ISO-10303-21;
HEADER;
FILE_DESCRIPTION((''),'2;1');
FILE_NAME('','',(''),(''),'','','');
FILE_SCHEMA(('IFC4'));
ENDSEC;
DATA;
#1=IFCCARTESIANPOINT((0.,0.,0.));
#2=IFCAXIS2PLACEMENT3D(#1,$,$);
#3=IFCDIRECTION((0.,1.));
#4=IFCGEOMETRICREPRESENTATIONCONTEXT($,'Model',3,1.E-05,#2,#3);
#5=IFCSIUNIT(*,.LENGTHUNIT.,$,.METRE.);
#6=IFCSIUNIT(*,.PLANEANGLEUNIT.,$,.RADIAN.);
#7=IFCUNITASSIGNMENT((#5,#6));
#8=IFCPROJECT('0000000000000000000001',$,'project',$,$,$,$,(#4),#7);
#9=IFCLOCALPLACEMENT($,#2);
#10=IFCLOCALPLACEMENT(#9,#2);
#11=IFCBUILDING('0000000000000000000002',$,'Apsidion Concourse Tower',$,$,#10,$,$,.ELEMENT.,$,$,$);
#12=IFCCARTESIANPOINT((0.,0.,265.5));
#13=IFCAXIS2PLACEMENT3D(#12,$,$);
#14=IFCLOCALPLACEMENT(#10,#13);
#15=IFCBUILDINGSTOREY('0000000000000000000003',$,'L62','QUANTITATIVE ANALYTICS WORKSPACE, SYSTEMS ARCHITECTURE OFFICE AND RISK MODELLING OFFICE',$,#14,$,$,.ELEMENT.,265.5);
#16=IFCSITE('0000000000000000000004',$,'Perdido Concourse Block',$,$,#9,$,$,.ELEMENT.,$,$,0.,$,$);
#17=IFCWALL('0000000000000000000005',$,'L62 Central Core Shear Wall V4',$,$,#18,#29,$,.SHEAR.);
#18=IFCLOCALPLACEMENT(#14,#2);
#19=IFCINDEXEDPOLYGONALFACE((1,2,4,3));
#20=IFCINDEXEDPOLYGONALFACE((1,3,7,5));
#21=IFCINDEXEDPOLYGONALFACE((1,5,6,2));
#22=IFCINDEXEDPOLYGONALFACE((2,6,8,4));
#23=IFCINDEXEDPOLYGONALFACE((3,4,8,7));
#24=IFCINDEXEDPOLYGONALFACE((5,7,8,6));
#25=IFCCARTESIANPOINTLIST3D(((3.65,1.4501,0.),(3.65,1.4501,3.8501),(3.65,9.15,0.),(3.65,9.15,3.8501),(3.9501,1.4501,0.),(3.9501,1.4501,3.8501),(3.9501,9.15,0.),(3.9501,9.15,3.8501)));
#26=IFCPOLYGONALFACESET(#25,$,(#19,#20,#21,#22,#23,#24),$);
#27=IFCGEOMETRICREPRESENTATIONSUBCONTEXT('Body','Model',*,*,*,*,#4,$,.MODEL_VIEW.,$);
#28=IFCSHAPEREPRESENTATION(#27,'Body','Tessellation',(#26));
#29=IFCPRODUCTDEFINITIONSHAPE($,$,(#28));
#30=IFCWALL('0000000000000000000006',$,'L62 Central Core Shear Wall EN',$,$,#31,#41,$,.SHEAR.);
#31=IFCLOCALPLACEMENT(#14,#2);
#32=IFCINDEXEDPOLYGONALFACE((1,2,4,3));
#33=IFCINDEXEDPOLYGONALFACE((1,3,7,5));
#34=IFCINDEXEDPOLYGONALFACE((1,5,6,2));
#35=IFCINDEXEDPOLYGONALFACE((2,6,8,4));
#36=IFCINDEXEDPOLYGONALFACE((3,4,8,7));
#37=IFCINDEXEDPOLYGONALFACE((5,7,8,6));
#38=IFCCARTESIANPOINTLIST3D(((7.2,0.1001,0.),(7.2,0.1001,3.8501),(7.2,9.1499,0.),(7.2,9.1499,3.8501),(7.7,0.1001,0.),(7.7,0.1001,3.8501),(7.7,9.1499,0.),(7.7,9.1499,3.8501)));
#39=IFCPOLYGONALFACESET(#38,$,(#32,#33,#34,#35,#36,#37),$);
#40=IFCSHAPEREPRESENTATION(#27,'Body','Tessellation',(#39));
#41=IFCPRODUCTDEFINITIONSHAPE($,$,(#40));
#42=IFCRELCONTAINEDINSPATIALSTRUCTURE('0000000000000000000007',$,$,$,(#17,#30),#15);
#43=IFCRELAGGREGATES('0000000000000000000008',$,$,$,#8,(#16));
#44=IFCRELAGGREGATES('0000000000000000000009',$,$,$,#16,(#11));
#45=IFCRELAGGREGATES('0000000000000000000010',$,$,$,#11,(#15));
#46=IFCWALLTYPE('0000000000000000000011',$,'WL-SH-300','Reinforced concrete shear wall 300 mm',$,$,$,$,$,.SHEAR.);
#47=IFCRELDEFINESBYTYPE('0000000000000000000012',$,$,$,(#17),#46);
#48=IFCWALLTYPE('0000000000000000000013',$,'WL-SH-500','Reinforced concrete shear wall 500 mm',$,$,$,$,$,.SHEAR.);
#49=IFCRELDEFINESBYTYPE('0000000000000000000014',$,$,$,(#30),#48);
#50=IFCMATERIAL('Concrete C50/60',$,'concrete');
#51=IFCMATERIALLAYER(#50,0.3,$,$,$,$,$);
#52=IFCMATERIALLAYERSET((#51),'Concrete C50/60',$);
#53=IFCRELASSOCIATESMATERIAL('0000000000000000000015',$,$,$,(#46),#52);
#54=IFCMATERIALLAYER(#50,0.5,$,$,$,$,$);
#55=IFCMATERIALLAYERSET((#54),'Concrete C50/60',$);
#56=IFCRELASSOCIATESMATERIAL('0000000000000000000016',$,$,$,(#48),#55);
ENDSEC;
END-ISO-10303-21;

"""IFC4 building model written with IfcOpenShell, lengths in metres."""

from ifc_helpers import new_model, si_unit, direction, frame, frame_2d, origin, place, context, subcontext, project, spatial, rectangle, extrude, material, layer, layer_set, type_object, element, save


model = new_model("IFC4")

# Units and contexts
model_context = context("Model", 3, precision=1e-05, world=origin(), true_north=direction((0.0, 1.0)))
body_context = subcontext(model_context, "Body", "Model", "MODEL_VIEW")
ifc_project = project(units=[si_unit("LENGTHUNIT", "METRE"), si_unit("PLANEANGLEUNIT", "RADIAN")], contexts=[model_context])

# Site, building, storey
site_placement = place(None, origin())
site = spatial("IfcSite", under=ifc_project, at=site_placement, Name="Perdido Concourse Block", CompositionType="ELEMENT", RefElevation=0.0)
building_placement = place(site_placement, origin())
building = spatial("IfcBuilding", under=site, at=building_placement, Name="Apsidion Concourse Tower", CompositionType="ELEMENT")
storey_placement = place(building_placement, frame((0.0, 0.0, 265.5)))
storey = spatial("IfcBuildingStorey", under=building, at=storey_placement, Name="L62", Description="QUANTITATIVE ANALYTICS WORKSPACE, SYSTEMS ARCHITECTURE OFFICE AND RISK MODELLING OFFICE", CompositionType="ELEMENT", Elevation=265.5)

# Shared definitions
ifc_material_1 = material(Name="Concrete C50/60", Category="concrete")

# Walls
ifc_layer_1 = layer(ifc_material_1, 0.3)
ifc_layer_set_1 = layer_set([ifc_layer_1], Name="Concrete C50/60")
wall_type_1 = type_object("IfcWallType", Name="WL-SH-300", Description="Reinforced concrete shear wall 300 mm", PredefinedType="SHEAR", material=ifc_layer_set_1)
wall_1_placement = place(storey_placement, frame((3.8, 1.45, 0.0), z_axis=(0.0, 0.0, 1.0), x_axis=(0.0, 1.0, 0.0)))
element("IfcWall", 1, at=wall_1_placement, inside=storey, type_object=wall_type_1, Name="L62 Central Core Shear Wall V4", PredefinedType="SHEAR", context=body_context, shape_type="SweptSolid", body=[
    extrude(rectangle(XDim=7.7, YDim=0.3, at=frame_2d((3.8501, 0.0))), origin(), (0.0, 0.0, 1.0), 3.8501),
])
ifc_layer_2 = layer(ifc_material_1, 0.5)
ifc_layer_set_2 = layer_set([ifc_layer_2], Name="Concrete C50/60")
wall_type_2 = type_object("IfcWallType", Name="WL-SH-500", Description="Reinforced concrete shear wall 500 mm", PredefinedType="SHEAR", material=ifc_layer_set_2)
wall_2_placement = place(storey_placement, frame((7.45, 0.1001, 0.0), z_axis=(0.0, 0.0, 1.0), x_axis=(0.0, 1.0, 0.0)))
element("IfcWall", 2, at=wall_2_placement, inside=storey, type_object=wall_type_2, Name="L62 Central Core Shear Wall EN", PredefinedType="SHEAR", context=body_context, shape_type="SweptSolid", body=[
    extrude(rectangle(XDim=9.0498, YDim=0.5, at=frame_2d((4.5249, 0.0))), origin(), (0.0, 0.0, 1.0), 3.8501),
])

save(model, "model.ifc")
